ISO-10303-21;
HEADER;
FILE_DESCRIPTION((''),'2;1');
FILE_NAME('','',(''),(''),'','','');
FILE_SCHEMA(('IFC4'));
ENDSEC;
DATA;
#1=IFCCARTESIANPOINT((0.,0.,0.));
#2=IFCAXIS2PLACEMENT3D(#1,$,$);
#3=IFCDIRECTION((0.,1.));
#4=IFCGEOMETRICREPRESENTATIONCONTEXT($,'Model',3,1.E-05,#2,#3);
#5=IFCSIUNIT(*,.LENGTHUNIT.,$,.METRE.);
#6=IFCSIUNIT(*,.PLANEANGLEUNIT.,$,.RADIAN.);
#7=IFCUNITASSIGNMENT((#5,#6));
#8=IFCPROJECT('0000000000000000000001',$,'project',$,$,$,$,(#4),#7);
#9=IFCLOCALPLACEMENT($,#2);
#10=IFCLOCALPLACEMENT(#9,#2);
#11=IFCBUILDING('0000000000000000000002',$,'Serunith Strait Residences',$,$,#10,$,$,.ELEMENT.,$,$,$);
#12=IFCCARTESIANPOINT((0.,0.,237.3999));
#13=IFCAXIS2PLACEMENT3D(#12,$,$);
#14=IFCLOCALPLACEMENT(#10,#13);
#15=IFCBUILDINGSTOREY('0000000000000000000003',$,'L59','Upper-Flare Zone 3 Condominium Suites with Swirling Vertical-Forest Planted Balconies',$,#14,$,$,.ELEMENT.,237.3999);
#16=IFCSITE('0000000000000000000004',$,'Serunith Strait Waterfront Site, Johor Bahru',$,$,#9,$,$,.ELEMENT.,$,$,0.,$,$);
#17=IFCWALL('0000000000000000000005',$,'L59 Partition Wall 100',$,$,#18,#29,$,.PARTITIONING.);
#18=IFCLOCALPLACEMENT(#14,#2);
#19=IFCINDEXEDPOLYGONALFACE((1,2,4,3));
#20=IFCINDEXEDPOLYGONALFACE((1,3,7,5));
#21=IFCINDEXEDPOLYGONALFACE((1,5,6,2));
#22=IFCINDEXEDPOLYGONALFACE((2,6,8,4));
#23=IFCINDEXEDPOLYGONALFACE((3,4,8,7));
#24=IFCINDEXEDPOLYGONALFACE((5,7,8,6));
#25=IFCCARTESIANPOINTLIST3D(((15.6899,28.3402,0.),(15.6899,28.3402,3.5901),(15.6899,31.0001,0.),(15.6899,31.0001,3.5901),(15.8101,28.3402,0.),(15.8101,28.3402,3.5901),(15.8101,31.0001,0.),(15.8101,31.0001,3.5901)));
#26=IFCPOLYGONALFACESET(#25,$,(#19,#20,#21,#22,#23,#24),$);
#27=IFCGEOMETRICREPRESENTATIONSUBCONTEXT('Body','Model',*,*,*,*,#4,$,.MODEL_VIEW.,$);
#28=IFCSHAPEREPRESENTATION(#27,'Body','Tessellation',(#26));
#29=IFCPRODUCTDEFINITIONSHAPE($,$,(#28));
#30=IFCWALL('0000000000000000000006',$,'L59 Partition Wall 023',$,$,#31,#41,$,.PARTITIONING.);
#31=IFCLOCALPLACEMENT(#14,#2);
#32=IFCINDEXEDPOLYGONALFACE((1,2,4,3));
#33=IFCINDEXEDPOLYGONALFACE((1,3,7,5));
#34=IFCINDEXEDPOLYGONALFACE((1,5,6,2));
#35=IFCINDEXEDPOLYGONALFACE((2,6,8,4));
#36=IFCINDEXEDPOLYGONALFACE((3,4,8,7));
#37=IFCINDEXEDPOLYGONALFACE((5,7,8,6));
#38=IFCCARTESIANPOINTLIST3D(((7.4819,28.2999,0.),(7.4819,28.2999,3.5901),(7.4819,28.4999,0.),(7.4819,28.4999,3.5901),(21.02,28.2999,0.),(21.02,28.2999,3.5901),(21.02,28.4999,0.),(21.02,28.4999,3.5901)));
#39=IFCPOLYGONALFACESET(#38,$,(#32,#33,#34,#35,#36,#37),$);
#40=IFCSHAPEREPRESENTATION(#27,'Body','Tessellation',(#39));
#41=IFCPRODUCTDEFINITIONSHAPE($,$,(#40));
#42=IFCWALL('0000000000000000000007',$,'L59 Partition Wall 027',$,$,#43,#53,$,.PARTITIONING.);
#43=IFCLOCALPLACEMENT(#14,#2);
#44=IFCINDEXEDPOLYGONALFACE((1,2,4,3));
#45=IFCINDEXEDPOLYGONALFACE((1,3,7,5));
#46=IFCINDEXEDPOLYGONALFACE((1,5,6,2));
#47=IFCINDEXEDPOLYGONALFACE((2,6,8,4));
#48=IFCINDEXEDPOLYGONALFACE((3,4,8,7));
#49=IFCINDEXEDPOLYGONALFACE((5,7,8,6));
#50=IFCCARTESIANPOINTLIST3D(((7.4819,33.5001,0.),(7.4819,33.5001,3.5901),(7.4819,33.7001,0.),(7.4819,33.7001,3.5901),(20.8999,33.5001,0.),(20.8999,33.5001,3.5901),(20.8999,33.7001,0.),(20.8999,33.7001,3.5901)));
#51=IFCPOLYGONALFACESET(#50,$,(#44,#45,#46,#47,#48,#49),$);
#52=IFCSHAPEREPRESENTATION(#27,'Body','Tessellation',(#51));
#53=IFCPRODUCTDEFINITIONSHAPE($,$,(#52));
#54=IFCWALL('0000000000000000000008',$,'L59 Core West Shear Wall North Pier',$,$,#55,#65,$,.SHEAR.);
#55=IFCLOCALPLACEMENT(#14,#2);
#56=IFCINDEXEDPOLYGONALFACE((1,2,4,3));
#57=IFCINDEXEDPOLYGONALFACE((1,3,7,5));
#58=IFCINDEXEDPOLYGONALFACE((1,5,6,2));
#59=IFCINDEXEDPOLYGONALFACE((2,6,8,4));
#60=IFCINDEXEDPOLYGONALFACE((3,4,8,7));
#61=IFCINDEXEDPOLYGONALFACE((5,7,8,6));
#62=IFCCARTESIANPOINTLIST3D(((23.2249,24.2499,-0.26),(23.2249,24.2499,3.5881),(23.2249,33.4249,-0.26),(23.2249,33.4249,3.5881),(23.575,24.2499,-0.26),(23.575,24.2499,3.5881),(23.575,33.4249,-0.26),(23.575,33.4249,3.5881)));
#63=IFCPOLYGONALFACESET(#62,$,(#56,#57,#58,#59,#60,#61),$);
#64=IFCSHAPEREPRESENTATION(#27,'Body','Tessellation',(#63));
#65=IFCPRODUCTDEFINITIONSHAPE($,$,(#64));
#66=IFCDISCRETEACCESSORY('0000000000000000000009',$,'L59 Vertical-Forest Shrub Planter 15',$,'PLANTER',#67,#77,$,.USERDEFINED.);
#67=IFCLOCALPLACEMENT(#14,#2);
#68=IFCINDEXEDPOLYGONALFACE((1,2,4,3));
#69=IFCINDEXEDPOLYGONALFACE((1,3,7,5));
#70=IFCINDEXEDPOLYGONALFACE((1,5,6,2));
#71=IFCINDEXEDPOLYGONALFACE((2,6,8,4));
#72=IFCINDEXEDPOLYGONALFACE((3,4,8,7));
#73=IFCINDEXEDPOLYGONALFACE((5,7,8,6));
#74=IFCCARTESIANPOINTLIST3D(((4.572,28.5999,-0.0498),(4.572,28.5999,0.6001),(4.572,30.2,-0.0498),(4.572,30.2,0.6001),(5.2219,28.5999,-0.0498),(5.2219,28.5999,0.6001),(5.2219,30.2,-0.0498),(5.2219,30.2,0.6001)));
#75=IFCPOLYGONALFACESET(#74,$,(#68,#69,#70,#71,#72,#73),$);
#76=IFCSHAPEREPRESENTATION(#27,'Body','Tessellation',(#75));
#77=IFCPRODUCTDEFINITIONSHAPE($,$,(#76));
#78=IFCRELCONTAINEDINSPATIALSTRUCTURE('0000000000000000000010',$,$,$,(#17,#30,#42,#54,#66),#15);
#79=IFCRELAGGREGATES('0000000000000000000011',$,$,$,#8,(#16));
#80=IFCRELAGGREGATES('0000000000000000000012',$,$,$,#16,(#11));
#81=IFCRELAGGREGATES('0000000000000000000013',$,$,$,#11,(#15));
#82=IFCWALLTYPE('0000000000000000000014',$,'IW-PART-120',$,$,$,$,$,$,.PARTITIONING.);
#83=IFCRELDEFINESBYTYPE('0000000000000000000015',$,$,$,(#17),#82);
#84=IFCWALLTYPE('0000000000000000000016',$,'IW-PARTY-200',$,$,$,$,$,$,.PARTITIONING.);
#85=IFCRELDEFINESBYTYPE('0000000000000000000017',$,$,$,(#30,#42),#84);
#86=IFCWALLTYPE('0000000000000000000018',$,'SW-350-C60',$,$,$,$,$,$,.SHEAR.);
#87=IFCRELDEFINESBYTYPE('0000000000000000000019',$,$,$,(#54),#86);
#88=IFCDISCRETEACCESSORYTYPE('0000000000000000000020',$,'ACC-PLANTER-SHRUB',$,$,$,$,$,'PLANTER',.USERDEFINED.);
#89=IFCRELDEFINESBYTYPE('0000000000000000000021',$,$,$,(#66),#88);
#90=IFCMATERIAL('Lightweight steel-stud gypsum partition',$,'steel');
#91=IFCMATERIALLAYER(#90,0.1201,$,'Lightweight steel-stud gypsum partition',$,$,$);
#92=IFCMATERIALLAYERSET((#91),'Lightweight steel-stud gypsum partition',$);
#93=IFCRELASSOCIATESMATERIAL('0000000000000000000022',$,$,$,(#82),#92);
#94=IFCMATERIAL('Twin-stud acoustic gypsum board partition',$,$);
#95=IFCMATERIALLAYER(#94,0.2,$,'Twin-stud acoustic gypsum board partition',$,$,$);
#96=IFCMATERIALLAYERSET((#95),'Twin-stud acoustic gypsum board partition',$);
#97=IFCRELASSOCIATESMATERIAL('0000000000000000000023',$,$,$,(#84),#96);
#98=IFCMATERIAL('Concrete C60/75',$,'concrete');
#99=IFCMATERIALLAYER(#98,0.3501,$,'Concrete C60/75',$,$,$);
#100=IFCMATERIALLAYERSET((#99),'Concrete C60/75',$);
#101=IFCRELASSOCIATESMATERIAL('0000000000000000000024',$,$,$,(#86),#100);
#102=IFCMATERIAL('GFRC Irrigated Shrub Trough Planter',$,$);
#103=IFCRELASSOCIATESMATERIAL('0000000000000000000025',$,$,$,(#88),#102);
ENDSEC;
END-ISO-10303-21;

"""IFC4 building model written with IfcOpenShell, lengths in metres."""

from ifc_helpers import new_model, si_unit, direction, frame, frame_2d, origin, origin_2d, place, context, subcontext, project, spatial, rectangle, extrude, source, transform, mapped, material, layer, layer_set, type_object, element, save


model = new_model("IFC4")

# Units and contexts
model_context = context("Model", 3, precision=1e-05, world=origin(), true_north=direction((0.0, 1.0)))
body_context = subcontext(model_context, "Body", "Model", "MODEL_VIEW")
ifc_project = project(units=[si_unit("LENGTHUNIT", "METRE"), si_unit("PLANEANGLEUNIT", "RADIAN")], contexts=[model_context])

# Site, building, storey
site_placement = place(None, origin())
site = spatial("IfcSite", under=ifc_project, at=site_placement, Name="Serunith Strait Waterfront Site, Johor Bahru", CompositionType="ELEMENT", RefElevation=0.0)
building_placement = place(site_placement, origin())
building = spatial("IfcBuilding", under=site, at=building_placement, Name="Serunith Strait Residences", CompositionType="ELEMENT")
storey_placement = place(building_placement, frame((0.0, 0.0, 237.3999)))
storey = spatial("IfcBuildingStorey", under=building, at=storey_placement, Name="L59", Description="Upper-Flare Zone 3 Condominium Suites with Swirling Vertical-Forest Planted Balconies", CompositionType="ELEMENT", Elevation=237.3999)

# Shared definitions
ifc_material_1 = material(Name="Lightweight steel-stud gypsum partition", Category="steel")
ifc_layer_1 = layer(ifc_material_1, 0.1201, Name="Lightweight steel-stud gypsum partition")
ifc_layer_set_1 = layer_set([ifc_layer_1], Name="Lightweight steel-stud gypsum partition")
wall_type_1 = type_object("IfcWallType", Name="IW-PART-120", PredefinedType="PARTITIONING", material=ifc_layer_set_1)

# Walls
for number, where, z_axis, x_axis, name in (
    (1, (15.75, 28.3401, 0.0), (0.0, 0.0, 1.0), (0.0, 1.0, 0.0), "L59 Partition Wall 100"),
):
    element("IfcWall", number, at=place(storey_placement, frame(where, z_axis=z_axis, x_axis=x_axis)), inside=storey, type_object=wall_type_1, Name=name, PredefinedType="PARTITIONING", context=body_context, shape_type="SweptSolid", body=[
        extrude(rectangle(XDim=2.6599, YDim=0.1201, at=frame_2d((1.3301, 0.0))), origin(), (0.0, 0.0, 1.0), 3.5901),
    ])
ifc_material_2 = material(Name="Twin-stud acoustic gypsum board partition")
ifc_layer_2 = layer(ifc_material_2, 0.2, Name="Twin-stud acoustic gypsum board partition")
ifc_layer_set_2 = layer_set([ifc_layer_2], Name="Twin-stud acoustic gypsum board partition")
wall_type_2 = type_object("IfcWallType", Name="IW-PARTY-200", PredefinedType="PARTITIONING", material=ifc_layer_set_2)
wall_1_placement = place(storey_placement, frame((7.4819, 28.3999, 0.0), z_axis=(0.0, 0.0, 1.0), x_axis=(1.0, 0.0, 0.0)))
element("IfcWall", 2, at=wall_1_placement, inside=storey, type_object=wall_type_2, Name="L59 Partition Wall 023", PredefinedType="PARTITIONING", context=body_context, shape_type="SweptSolid", body=[
    extrude(rectangle(XDim=13.5381, YDim=0.2, at=frame_2d((6.769, 0.0))), origin(), (0.0, 0.0, 1.0), 3.5901),
])
wall_2_placement = place(storey_placement, frame((7.4819, 33.6001, 0.0), z_axis=(0.0, 0.0, 1.0), x_axis=(1.0, 0.0, 0.0)))
element("IfcWall", 3, at=wall_2_placement, inside=storey, type_object=wall_type_2, Name="L59 Partition Wall 027", PredefinedType="PARTITIONING", context=body_context, shape_type="SweptSolid", body=[
    extrude(rectangle(XDim=13.418, YDim=0.2, at=frame_2d((6.709, 0.0))), origin(), (0.0, 0.0, 1.0), 3.5901),
])
ifc_material_3 = material(Name="Concrete C60/75", Category="concrete")
ifc_layer_3 = layer(ifc_material_3, 0.3501, Name="Concrete C60/75")
ifc_layer_set_3 = layer_set([ifc_layer_3], Name="Concrete C60/75")
wall_type_3 = type_object("IfcWallType", Name="SW-350-C60", PredefinedType="SHEAR", material=ifc_layer_set_3)
wall_3_placement = place(storey_placement, frame((23.3999, 24.25, -0.26), z_axis=(0.0, 0.0, 1.0), x_axis=(0.0, 1.0, 0.0)))
element("IfcWall", 4, at=wall_3_placement, inside=storey, type_object=wall_type_3, Name="L59 Core West Shear Wall North Pier", PredefinedType="SHEAR", context=body_context, shape_type="SweptSolid", body=[
    extrude(rectangle(XDim=9.175, YDim=0.3501, at=frame_2d((4.5874, 0.0))), origin(), (0.0, 0.0, 1.0), 3.8481),
])

# Discrete accessory
ifc_material_4 = material(Name="GFRC Irrigated Shrub Trough Planter")
discrete_accessory_type = type_object("IfcDiscreteAccessoryType", Name="ACC-PLANTER-SHRUB", ElementType="PLANTER", PredefinedType="USERDEFINED", material=ifc_material_4)
shared_shape_1 = source(origin(), body_context, "Body", "SweptSolid", [
    extrude(rectangle(XDim=1.6001, YDim=0.6499, at=origin_2d()), origin(), (0.0, 0.0, 1.0), 0.6499),
])
discrete_accessory_placement = place(storey_placement, frame((4.897, 29.3999, -0.0498), z_axis=(0.0, 0.0, 1.0), x_axis=(0.0, -1.0, 0.0)))
element("IfcDiscreteAccessory", 5, at=discrete_accessory_placement, inside=storey, type_object=discrete_accessory_type, Name="L59 Vertical-Forest Shrub Planter 15", ObjectType="PLANTER", PredefinedType="USERDEFINED", context=body_context, shape_type="MappedRepresentation", body=[
    mapped(shared_shape_1, transform((0.0, 0.0, 0.0), scale=1.0)),
])

save(model, "model.ifc")
